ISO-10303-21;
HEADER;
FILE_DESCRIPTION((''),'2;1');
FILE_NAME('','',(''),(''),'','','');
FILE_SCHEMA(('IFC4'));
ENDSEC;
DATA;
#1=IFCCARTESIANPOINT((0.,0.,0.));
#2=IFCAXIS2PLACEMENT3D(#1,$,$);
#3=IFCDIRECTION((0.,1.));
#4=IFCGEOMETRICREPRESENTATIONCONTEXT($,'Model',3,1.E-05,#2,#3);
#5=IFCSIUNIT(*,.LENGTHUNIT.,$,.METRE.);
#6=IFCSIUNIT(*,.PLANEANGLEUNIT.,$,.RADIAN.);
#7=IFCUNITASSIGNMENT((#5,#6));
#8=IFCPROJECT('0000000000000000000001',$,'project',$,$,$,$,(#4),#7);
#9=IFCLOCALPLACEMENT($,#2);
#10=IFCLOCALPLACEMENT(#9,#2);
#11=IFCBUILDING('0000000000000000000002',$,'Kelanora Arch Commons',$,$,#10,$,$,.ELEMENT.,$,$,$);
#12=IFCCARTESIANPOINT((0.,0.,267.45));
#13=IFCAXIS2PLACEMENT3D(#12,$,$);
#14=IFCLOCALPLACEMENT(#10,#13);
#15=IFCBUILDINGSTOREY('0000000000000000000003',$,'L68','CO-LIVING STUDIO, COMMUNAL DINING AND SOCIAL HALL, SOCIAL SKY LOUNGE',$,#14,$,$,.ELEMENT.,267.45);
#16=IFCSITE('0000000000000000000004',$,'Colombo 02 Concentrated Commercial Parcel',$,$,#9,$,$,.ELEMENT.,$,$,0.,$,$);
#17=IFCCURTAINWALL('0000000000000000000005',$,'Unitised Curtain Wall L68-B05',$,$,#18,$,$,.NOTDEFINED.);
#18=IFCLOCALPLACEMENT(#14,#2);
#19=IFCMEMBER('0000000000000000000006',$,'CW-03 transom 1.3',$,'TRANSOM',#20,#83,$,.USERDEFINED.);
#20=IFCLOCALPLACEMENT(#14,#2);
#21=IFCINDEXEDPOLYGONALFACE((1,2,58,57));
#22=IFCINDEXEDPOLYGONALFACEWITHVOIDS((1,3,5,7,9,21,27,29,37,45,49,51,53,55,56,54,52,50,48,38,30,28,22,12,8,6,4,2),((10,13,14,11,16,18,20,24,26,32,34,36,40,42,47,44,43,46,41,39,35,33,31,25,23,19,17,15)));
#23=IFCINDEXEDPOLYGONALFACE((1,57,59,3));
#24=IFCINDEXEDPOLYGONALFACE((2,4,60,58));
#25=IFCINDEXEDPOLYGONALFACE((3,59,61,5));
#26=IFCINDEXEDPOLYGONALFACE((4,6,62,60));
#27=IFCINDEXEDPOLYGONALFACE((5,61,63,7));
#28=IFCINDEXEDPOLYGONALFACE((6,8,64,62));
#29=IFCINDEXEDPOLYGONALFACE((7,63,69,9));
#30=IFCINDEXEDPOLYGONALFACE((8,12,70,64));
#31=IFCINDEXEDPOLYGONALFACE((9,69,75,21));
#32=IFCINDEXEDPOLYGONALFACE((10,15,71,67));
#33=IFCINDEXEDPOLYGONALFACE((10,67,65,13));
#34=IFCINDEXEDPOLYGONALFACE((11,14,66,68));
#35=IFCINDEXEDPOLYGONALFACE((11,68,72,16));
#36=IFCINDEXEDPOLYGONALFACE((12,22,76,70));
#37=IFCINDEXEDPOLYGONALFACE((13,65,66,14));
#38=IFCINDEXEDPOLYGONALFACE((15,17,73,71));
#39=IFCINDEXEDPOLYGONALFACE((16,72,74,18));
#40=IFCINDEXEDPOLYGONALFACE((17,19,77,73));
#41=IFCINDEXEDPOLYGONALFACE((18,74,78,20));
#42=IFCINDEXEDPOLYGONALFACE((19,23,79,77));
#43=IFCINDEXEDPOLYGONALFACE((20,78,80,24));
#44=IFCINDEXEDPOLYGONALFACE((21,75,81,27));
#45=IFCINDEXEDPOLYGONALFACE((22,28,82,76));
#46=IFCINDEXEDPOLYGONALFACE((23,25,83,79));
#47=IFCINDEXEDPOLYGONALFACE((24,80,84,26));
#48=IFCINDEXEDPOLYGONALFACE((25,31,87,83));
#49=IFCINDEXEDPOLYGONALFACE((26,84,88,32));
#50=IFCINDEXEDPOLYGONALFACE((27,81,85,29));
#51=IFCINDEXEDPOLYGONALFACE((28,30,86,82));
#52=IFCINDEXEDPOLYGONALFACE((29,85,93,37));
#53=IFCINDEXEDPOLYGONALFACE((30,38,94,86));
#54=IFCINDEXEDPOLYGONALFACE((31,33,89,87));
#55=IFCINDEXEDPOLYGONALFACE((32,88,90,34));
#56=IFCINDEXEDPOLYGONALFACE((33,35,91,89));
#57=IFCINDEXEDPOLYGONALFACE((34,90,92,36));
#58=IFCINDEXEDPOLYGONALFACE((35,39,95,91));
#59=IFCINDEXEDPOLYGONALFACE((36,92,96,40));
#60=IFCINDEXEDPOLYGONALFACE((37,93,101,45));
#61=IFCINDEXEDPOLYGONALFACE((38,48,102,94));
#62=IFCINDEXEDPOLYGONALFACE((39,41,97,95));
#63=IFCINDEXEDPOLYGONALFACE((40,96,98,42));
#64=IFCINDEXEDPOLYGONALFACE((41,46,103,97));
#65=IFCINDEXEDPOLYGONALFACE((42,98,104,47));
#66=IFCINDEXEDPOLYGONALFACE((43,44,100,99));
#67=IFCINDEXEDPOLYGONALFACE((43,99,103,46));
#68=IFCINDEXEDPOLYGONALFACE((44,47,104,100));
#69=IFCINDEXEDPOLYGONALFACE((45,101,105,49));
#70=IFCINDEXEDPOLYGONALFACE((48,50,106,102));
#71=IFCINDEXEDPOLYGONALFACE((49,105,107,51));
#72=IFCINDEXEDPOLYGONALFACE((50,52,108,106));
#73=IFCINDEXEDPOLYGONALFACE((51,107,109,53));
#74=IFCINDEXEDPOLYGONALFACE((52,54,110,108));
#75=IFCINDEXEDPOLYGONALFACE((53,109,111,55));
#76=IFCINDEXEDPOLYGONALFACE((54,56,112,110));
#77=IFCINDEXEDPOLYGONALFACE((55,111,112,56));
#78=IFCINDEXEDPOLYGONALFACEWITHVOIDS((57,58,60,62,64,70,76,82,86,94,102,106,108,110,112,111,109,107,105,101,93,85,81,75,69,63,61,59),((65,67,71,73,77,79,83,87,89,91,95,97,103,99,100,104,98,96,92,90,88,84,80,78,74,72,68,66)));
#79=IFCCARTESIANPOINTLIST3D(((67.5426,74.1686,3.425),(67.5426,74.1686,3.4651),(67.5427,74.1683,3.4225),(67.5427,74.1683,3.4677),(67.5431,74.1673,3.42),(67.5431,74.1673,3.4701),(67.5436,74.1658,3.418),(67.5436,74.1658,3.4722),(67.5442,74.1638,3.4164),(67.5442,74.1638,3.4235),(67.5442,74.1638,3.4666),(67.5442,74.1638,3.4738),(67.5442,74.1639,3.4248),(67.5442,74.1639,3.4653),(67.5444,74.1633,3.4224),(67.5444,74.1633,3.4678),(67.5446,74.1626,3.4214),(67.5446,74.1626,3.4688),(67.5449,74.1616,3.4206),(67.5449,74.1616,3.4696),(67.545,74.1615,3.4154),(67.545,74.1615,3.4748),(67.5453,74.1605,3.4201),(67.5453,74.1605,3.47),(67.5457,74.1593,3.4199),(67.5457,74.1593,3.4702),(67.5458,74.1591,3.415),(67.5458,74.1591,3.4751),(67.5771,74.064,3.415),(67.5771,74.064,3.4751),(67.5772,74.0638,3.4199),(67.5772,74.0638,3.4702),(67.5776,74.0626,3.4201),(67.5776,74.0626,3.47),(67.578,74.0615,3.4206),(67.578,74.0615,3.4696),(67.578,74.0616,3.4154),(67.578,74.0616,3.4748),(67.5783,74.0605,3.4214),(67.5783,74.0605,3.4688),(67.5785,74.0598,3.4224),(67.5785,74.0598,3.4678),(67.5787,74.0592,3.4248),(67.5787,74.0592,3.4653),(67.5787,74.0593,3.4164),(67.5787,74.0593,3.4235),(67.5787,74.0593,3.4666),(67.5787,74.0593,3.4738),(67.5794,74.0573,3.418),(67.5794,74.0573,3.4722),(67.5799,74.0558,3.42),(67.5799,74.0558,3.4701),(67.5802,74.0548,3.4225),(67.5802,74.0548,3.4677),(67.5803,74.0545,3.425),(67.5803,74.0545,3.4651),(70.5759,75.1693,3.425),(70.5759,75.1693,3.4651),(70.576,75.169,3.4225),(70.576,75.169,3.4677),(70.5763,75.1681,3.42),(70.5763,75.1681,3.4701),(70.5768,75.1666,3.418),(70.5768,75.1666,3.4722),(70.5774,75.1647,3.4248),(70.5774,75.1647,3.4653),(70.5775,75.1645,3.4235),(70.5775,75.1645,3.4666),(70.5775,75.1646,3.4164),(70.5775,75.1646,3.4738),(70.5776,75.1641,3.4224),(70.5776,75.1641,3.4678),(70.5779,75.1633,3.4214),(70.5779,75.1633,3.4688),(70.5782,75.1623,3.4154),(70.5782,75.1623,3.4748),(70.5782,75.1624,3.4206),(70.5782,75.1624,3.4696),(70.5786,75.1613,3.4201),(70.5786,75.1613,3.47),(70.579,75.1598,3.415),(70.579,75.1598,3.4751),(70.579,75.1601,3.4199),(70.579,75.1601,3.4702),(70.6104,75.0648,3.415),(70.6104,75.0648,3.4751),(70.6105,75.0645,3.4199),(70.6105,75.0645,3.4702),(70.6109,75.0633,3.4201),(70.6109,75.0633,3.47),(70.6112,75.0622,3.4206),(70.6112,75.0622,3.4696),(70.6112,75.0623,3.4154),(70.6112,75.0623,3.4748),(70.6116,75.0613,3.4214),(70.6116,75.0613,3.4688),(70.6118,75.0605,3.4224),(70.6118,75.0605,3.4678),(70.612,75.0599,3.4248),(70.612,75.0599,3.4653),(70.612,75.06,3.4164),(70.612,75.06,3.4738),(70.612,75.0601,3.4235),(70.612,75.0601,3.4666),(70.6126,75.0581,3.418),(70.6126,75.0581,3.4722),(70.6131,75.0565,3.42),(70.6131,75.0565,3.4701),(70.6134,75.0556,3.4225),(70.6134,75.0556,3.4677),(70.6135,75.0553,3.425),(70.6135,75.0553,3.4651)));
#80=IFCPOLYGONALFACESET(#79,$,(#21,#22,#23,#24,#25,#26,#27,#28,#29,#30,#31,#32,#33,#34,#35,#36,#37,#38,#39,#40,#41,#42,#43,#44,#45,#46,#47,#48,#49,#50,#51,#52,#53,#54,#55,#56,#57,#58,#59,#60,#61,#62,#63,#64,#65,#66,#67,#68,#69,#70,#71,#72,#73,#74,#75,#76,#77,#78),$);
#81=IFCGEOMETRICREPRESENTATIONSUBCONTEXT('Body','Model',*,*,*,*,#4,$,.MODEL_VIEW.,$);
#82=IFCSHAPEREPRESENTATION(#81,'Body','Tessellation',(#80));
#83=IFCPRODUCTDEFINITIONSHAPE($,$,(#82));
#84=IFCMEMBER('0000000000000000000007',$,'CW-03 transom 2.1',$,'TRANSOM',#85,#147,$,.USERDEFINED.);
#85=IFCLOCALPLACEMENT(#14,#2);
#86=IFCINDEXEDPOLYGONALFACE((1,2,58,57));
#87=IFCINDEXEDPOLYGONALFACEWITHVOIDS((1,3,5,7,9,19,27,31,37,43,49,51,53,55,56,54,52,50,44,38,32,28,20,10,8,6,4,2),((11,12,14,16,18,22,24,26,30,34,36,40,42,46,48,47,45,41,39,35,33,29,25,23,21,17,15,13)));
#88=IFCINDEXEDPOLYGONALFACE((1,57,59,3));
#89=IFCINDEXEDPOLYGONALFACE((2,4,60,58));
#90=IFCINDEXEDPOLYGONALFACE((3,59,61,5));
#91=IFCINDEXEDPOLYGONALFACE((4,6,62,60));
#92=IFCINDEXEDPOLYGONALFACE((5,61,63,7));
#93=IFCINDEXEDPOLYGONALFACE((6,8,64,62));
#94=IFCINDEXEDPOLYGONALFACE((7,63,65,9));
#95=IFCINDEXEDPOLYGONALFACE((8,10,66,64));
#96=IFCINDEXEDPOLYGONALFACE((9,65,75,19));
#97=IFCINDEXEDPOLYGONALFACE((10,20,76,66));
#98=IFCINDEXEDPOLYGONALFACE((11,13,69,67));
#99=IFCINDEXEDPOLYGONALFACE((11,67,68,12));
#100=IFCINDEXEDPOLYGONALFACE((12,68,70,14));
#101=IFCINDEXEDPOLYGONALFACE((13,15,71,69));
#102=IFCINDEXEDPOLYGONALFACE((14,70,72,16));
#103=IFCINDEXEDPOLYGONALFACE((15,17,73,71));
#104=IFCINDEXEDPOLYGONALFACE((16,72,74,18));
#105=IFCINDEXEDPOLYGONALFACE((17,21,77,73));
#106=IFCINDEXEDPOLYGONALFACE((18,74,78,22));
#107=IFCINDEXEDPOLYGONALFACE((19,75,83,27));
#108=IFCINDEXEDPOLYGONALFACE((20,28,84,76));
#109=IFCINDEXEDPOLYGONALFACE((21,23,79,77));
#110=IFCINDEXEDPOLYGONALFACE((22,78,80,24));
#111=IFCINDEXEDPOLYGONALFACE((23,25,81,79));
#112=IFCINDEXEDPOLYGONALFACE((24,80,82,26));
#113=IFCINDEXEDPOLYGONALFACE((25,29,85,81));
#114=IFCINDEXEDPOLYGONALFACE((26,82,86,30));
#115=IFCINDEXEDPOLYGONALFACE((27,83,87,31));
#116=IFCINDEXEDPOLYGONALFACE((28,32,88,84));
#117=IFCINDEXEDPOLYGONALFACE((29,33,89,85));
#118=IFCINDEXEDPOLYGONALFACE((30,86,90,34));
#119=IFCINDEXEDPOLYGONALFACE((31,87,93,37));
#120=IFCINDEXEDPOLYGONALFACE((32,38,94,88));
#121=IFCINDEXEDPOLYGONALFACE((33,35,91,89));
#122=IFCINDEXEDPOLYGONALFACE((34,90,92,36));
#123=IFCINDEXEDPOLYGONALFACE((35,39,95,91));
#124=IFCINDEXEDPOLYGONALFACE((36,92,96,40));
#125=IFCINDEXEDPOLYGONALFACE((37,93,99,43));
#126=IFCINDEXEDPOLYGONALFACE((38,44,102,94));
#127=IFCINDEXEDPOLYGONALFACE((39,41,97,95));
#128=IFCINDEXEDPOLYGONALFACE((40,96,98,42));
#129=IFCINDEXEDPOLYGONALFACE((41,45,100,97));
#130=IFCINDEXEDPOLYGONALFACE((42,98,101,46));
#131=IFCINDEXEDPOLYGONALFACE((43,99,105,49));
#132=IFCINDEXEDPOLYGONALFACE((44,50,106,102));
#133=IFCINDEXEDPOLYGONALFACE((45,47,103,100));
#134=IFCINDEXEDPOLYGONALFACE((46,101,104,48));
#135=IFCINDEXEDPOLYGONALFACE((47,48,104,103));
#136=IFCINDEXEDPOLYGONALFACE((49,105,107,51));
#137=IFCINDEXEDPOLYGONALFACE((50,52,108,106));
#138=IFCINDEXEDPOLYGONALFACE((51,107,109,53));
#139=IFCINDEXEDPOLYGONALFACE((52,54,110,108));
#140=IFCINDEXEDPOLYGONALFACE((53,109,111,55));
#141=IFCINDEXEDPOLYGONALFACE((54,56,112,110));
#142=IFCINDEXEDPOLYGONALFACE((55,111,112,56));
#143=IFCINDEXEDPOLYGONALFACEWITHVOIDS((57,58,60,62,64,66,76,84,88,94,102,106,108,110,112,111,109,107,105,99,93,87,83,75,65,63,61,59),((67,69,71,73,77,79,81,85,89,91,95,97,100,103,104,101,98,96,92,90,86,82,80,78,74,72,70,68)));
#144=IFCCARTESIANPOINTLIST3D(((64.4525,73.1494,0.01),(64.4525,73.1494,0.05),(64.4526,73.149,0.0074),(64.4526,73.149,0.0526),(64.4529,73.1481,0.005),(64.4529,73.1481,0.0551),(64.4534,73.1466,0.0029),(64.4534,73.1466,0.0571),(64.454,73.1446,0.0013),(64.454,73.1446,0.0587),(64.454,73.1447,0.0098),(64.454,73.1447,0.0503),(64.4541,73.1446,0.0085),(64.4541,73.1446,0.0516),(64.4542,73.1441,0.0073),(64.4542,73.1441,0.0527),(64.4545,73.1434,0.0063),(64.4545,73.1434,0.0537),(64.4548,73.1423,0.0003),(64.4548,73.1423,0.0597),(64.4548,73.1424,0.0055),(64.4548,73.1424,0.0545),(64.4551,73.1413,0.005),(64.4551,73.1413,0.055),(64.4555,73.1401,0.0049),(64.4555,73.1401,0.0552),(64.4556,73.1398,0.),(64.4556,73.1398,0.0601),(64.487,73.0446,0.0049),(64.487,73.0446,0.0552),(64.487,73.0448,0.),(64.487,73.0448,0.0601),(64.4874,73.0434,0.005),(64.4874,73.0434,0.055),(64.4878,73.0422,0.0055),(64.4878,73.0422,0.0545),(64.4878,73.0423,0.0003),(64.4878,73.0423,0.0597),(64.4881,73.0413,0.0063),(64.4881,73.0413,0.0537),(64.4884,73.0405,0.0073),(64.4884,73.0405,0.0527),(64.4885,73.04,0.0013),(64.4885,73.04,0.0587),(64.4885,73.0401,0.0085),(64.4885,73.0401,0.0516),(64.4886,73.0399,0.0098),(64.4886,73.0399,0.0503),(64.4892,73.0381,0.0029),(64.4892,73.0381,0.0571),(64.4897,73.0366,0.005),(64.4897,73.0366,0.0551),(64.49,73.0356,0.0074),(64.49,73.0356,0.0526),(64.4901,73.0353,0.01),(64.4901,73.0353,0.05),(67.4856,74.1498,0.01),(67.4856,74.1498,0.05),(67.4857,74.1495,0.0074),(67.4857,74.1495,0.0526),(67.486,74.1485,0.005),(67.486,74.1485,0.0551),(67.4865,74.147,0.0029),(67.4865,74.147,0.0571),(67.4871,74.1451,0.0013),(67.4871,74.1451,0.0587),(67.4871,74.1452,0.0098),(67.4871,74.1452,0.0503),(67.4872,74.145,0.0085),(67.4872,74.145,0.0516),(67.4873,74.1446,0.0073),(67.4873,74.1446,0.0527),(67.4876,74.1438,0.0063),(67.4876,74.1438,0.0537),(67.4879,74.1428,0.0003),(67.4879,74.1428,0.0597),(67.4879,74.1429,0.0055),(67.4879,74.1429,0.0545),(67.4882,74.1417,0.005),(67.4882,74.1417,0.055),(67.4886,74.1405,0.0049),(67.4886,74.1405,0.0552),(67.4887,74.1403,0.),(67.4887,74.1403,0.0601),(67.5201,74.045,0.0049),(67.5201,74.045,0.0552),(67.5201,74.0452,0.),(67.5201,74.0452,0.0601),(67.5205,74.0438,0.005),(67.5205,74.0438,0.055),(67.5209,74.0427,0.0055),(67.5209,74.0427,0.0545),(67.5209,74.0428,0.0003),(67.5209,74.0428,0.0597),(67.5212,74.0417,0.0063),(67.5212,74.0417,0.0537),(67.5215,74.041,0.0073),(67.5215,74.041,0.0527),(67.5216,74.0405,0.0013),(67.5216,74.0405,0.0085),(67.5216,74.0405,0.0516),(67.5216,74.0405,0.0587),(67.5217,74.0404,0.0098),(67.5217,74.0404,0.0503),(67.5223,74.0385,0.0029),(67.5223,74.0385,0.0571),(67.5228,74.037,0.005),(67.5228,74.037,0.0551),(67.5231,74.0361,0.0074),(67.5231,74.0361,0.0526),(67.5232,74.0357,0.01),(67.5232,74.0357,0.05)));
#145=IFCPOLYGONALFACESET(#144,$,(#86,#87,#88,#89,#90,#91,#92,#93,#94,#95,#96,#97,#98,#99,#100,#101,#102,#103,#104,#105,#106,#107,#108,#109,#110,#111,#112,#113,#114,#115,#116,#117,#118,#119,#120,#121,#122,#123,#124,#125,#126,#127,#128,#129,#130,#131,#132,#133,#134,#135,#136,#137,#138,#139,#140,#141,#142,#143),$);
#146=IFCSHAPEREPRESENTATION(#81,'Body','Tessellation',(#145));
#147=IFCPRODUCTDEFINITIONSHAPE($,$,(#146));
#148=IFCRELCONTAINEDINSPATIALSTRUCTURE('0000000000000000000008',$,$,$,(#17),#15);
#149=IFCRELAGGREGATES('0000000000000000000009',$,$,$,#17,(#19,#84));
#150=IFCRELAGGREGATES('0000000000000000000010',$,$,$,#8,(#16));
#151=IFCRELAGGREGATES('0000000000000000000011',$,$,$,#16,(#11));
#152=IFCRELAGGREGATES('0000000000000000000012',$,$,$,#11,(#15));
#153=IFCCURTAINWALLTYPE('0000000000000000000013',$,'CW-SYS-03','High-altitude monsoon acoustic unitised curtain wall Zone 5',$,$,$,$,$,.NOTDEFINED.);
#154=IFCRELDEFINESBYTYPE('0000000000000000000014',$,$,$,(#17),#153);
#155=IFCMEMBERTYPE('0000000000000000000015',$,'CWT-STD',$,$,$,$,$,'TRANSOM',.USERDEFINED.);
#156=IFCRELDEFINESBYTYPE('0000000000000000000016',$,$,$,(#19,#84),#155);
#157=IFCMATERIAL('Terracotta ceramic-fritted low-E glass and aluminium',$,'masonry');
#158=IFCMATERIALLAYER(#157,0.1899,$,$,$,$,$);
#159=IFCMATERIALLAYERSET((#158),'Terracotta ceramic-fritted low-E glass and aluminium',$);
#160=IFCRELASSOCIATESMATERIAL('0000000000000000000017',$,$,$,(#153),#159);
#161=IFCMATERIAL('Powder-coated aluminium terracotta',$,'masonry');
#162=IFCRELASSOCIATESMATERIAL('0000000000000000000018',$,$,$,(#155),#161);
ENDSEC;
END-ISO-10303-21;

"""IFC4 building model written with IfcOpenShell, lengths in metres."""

from ifc_helpers import new_model, si_unit, direction, frame, origin, origin_2d, place, context, subcontext, project, spatial, hollow_rectangle, extrude, material, layer, layer_set, material_profile, profile_set, type_object, element, aggregate, save


model = new_model("IFC4")

# Units and contexts
model_context = context("Model", 3, precision=1e-05, world=origin(), true_north=direction((0.0, 1.0)))
body_context = subcontext(model_context, "Body", "Model", "MODEL_VIEW")
ifc_project = project(units=[si_unit("LENGTHUNIT", "METRE"), si_unit("PLANEANGLEUNIT", "RADIAN")], contexts=[model_context])

# Site, building, storey
site_placement = place(None, origin())
site = spatial("IfcSite", under=ifc_project, at=site_placement, Name="Colombo 02 Concentrated Commercial Parcel", CompositionType="ELEMENT", RefElevation=0.0)
building_placement = place(site_placement, origin())
building = spatial("IfcBuilding", under=site, at=building_placement, Name="Kelanora Arch Commons", CompositionType="ELEMENT")
storey_placement = place(building_placement, frame((0.0, 0.0, 267.45)))
storey = spatial("IfcBuildingStorey", under=building, at=storey_placement, Name="L68", Description="CO-LIVING STUDIO, COMMUNAL DINING AND SOCIAL HALL, SOCIAL SKY LOUNGE", CompositionType="ELEMENT", Elevation=267.45)

# Curtain wall, members
ifc_material_1 = material(Name="Terracotta ceramic-fritted low-E glass and aluminium", Category="masonry")
ifc_layer_1 = layer(ifc_material_1, 0.1899)
ifc_layer_set_1 = layer_set([ifc_layer_1], Name="Terracotta ceramic-fritted low-E glass and aluminium")
curtain_wall_type = type_object("IfcCurtainWallType", Name="CW-SYS-03", Description="High-altitude monsoon acoustic unitised curtain wall Zone 5", PredefinedType="NOTDEFINED", material=ifc_layer_set_1)
curtain_wall_placement = place(storey_placement, origin())
curtain_wall = element("IfcCurtainWall", 1, at=curtain_wall_placement, inside=storey, type_object=curtain_wall_type, Name="Unitised Curtain Wall L68-B05", PredefinedType="NOTDEFINED")
ifc_material_2 = material(Name="Powder-coated aluminium terracotta", Category="masonry")
ifc_material_profile_1 = material_profile(ifc_material_2, hollow_rectangle(XDim=0.1201, YDim=0.0601, WallThickness=0.0049, InnerFilletRadius=0.0049, OuterFilletRadius=0.01, at=origin_2d()), Name="CWT120x60")
ifc_profile_set_1 = profile_set([ifc_material_profile_1], Name="Powder-coated aluminium terracotta")
member_type_1 = type_object("IfcMemberType", Name="CWT-STD", ElementType="TRANSOM", PredefinedType="USERDEFINED", material=ifc_profile_set_1)
member_1_placement = place(storey_placement, frame((70.5947, 75.1123, 3.4451), z_axis=(-0.94965, -0.313314, 0.0), x_axis=(0.313314, -0.94965, 0.0)))
member_1 = element("IfcMember", 2, at=member_1_placement, type_object=member_type_1, Name="CW-03 transom 1.3", ObjectType="TRANSOM", PredefinedType="USERDEFINED", context=body_context, shape_type="SweptSolid", body=[
    extrude(hollow_rectangle(XDim=0.1201, YDim=0.0601, WallThickness=0.0049, InnerFilletRadius=0.0049, OuterFilletRadius=0.01, at=origin_2d()), origin(), (0.0, 0.0, 1.0), 3.1941),
])
member_2_placement = place(storey_placement, frame((67.5044, 74.0928, 0.03), z_axis=(-0.949672, -0.313245, 0.0), x_axis=(0.313245, -0.949672, 0.0)))
member_2 = element("IfcMember", 3, at=member_2_placement, type_object=member_type_1, Name="CW-03 transom 2.1", ObjectType="TRANSOM", PredefinedType="USERDEFINED", context=body_context, shape_type="SweptSolid", body=[
    extrude(hollow_rectangle(XDim=0.1201, YDim=0.0601, WallThickness=0.0049, InnerFilletRadius=0.0049, OuterFilletRadius=0.01, at=origin_2d()), origin(), (0.0, 0.0, 1.0), 3.1938),
])
aggregate(curtain_wall, [member_1, member_2])

save(model, "model.ifc")
